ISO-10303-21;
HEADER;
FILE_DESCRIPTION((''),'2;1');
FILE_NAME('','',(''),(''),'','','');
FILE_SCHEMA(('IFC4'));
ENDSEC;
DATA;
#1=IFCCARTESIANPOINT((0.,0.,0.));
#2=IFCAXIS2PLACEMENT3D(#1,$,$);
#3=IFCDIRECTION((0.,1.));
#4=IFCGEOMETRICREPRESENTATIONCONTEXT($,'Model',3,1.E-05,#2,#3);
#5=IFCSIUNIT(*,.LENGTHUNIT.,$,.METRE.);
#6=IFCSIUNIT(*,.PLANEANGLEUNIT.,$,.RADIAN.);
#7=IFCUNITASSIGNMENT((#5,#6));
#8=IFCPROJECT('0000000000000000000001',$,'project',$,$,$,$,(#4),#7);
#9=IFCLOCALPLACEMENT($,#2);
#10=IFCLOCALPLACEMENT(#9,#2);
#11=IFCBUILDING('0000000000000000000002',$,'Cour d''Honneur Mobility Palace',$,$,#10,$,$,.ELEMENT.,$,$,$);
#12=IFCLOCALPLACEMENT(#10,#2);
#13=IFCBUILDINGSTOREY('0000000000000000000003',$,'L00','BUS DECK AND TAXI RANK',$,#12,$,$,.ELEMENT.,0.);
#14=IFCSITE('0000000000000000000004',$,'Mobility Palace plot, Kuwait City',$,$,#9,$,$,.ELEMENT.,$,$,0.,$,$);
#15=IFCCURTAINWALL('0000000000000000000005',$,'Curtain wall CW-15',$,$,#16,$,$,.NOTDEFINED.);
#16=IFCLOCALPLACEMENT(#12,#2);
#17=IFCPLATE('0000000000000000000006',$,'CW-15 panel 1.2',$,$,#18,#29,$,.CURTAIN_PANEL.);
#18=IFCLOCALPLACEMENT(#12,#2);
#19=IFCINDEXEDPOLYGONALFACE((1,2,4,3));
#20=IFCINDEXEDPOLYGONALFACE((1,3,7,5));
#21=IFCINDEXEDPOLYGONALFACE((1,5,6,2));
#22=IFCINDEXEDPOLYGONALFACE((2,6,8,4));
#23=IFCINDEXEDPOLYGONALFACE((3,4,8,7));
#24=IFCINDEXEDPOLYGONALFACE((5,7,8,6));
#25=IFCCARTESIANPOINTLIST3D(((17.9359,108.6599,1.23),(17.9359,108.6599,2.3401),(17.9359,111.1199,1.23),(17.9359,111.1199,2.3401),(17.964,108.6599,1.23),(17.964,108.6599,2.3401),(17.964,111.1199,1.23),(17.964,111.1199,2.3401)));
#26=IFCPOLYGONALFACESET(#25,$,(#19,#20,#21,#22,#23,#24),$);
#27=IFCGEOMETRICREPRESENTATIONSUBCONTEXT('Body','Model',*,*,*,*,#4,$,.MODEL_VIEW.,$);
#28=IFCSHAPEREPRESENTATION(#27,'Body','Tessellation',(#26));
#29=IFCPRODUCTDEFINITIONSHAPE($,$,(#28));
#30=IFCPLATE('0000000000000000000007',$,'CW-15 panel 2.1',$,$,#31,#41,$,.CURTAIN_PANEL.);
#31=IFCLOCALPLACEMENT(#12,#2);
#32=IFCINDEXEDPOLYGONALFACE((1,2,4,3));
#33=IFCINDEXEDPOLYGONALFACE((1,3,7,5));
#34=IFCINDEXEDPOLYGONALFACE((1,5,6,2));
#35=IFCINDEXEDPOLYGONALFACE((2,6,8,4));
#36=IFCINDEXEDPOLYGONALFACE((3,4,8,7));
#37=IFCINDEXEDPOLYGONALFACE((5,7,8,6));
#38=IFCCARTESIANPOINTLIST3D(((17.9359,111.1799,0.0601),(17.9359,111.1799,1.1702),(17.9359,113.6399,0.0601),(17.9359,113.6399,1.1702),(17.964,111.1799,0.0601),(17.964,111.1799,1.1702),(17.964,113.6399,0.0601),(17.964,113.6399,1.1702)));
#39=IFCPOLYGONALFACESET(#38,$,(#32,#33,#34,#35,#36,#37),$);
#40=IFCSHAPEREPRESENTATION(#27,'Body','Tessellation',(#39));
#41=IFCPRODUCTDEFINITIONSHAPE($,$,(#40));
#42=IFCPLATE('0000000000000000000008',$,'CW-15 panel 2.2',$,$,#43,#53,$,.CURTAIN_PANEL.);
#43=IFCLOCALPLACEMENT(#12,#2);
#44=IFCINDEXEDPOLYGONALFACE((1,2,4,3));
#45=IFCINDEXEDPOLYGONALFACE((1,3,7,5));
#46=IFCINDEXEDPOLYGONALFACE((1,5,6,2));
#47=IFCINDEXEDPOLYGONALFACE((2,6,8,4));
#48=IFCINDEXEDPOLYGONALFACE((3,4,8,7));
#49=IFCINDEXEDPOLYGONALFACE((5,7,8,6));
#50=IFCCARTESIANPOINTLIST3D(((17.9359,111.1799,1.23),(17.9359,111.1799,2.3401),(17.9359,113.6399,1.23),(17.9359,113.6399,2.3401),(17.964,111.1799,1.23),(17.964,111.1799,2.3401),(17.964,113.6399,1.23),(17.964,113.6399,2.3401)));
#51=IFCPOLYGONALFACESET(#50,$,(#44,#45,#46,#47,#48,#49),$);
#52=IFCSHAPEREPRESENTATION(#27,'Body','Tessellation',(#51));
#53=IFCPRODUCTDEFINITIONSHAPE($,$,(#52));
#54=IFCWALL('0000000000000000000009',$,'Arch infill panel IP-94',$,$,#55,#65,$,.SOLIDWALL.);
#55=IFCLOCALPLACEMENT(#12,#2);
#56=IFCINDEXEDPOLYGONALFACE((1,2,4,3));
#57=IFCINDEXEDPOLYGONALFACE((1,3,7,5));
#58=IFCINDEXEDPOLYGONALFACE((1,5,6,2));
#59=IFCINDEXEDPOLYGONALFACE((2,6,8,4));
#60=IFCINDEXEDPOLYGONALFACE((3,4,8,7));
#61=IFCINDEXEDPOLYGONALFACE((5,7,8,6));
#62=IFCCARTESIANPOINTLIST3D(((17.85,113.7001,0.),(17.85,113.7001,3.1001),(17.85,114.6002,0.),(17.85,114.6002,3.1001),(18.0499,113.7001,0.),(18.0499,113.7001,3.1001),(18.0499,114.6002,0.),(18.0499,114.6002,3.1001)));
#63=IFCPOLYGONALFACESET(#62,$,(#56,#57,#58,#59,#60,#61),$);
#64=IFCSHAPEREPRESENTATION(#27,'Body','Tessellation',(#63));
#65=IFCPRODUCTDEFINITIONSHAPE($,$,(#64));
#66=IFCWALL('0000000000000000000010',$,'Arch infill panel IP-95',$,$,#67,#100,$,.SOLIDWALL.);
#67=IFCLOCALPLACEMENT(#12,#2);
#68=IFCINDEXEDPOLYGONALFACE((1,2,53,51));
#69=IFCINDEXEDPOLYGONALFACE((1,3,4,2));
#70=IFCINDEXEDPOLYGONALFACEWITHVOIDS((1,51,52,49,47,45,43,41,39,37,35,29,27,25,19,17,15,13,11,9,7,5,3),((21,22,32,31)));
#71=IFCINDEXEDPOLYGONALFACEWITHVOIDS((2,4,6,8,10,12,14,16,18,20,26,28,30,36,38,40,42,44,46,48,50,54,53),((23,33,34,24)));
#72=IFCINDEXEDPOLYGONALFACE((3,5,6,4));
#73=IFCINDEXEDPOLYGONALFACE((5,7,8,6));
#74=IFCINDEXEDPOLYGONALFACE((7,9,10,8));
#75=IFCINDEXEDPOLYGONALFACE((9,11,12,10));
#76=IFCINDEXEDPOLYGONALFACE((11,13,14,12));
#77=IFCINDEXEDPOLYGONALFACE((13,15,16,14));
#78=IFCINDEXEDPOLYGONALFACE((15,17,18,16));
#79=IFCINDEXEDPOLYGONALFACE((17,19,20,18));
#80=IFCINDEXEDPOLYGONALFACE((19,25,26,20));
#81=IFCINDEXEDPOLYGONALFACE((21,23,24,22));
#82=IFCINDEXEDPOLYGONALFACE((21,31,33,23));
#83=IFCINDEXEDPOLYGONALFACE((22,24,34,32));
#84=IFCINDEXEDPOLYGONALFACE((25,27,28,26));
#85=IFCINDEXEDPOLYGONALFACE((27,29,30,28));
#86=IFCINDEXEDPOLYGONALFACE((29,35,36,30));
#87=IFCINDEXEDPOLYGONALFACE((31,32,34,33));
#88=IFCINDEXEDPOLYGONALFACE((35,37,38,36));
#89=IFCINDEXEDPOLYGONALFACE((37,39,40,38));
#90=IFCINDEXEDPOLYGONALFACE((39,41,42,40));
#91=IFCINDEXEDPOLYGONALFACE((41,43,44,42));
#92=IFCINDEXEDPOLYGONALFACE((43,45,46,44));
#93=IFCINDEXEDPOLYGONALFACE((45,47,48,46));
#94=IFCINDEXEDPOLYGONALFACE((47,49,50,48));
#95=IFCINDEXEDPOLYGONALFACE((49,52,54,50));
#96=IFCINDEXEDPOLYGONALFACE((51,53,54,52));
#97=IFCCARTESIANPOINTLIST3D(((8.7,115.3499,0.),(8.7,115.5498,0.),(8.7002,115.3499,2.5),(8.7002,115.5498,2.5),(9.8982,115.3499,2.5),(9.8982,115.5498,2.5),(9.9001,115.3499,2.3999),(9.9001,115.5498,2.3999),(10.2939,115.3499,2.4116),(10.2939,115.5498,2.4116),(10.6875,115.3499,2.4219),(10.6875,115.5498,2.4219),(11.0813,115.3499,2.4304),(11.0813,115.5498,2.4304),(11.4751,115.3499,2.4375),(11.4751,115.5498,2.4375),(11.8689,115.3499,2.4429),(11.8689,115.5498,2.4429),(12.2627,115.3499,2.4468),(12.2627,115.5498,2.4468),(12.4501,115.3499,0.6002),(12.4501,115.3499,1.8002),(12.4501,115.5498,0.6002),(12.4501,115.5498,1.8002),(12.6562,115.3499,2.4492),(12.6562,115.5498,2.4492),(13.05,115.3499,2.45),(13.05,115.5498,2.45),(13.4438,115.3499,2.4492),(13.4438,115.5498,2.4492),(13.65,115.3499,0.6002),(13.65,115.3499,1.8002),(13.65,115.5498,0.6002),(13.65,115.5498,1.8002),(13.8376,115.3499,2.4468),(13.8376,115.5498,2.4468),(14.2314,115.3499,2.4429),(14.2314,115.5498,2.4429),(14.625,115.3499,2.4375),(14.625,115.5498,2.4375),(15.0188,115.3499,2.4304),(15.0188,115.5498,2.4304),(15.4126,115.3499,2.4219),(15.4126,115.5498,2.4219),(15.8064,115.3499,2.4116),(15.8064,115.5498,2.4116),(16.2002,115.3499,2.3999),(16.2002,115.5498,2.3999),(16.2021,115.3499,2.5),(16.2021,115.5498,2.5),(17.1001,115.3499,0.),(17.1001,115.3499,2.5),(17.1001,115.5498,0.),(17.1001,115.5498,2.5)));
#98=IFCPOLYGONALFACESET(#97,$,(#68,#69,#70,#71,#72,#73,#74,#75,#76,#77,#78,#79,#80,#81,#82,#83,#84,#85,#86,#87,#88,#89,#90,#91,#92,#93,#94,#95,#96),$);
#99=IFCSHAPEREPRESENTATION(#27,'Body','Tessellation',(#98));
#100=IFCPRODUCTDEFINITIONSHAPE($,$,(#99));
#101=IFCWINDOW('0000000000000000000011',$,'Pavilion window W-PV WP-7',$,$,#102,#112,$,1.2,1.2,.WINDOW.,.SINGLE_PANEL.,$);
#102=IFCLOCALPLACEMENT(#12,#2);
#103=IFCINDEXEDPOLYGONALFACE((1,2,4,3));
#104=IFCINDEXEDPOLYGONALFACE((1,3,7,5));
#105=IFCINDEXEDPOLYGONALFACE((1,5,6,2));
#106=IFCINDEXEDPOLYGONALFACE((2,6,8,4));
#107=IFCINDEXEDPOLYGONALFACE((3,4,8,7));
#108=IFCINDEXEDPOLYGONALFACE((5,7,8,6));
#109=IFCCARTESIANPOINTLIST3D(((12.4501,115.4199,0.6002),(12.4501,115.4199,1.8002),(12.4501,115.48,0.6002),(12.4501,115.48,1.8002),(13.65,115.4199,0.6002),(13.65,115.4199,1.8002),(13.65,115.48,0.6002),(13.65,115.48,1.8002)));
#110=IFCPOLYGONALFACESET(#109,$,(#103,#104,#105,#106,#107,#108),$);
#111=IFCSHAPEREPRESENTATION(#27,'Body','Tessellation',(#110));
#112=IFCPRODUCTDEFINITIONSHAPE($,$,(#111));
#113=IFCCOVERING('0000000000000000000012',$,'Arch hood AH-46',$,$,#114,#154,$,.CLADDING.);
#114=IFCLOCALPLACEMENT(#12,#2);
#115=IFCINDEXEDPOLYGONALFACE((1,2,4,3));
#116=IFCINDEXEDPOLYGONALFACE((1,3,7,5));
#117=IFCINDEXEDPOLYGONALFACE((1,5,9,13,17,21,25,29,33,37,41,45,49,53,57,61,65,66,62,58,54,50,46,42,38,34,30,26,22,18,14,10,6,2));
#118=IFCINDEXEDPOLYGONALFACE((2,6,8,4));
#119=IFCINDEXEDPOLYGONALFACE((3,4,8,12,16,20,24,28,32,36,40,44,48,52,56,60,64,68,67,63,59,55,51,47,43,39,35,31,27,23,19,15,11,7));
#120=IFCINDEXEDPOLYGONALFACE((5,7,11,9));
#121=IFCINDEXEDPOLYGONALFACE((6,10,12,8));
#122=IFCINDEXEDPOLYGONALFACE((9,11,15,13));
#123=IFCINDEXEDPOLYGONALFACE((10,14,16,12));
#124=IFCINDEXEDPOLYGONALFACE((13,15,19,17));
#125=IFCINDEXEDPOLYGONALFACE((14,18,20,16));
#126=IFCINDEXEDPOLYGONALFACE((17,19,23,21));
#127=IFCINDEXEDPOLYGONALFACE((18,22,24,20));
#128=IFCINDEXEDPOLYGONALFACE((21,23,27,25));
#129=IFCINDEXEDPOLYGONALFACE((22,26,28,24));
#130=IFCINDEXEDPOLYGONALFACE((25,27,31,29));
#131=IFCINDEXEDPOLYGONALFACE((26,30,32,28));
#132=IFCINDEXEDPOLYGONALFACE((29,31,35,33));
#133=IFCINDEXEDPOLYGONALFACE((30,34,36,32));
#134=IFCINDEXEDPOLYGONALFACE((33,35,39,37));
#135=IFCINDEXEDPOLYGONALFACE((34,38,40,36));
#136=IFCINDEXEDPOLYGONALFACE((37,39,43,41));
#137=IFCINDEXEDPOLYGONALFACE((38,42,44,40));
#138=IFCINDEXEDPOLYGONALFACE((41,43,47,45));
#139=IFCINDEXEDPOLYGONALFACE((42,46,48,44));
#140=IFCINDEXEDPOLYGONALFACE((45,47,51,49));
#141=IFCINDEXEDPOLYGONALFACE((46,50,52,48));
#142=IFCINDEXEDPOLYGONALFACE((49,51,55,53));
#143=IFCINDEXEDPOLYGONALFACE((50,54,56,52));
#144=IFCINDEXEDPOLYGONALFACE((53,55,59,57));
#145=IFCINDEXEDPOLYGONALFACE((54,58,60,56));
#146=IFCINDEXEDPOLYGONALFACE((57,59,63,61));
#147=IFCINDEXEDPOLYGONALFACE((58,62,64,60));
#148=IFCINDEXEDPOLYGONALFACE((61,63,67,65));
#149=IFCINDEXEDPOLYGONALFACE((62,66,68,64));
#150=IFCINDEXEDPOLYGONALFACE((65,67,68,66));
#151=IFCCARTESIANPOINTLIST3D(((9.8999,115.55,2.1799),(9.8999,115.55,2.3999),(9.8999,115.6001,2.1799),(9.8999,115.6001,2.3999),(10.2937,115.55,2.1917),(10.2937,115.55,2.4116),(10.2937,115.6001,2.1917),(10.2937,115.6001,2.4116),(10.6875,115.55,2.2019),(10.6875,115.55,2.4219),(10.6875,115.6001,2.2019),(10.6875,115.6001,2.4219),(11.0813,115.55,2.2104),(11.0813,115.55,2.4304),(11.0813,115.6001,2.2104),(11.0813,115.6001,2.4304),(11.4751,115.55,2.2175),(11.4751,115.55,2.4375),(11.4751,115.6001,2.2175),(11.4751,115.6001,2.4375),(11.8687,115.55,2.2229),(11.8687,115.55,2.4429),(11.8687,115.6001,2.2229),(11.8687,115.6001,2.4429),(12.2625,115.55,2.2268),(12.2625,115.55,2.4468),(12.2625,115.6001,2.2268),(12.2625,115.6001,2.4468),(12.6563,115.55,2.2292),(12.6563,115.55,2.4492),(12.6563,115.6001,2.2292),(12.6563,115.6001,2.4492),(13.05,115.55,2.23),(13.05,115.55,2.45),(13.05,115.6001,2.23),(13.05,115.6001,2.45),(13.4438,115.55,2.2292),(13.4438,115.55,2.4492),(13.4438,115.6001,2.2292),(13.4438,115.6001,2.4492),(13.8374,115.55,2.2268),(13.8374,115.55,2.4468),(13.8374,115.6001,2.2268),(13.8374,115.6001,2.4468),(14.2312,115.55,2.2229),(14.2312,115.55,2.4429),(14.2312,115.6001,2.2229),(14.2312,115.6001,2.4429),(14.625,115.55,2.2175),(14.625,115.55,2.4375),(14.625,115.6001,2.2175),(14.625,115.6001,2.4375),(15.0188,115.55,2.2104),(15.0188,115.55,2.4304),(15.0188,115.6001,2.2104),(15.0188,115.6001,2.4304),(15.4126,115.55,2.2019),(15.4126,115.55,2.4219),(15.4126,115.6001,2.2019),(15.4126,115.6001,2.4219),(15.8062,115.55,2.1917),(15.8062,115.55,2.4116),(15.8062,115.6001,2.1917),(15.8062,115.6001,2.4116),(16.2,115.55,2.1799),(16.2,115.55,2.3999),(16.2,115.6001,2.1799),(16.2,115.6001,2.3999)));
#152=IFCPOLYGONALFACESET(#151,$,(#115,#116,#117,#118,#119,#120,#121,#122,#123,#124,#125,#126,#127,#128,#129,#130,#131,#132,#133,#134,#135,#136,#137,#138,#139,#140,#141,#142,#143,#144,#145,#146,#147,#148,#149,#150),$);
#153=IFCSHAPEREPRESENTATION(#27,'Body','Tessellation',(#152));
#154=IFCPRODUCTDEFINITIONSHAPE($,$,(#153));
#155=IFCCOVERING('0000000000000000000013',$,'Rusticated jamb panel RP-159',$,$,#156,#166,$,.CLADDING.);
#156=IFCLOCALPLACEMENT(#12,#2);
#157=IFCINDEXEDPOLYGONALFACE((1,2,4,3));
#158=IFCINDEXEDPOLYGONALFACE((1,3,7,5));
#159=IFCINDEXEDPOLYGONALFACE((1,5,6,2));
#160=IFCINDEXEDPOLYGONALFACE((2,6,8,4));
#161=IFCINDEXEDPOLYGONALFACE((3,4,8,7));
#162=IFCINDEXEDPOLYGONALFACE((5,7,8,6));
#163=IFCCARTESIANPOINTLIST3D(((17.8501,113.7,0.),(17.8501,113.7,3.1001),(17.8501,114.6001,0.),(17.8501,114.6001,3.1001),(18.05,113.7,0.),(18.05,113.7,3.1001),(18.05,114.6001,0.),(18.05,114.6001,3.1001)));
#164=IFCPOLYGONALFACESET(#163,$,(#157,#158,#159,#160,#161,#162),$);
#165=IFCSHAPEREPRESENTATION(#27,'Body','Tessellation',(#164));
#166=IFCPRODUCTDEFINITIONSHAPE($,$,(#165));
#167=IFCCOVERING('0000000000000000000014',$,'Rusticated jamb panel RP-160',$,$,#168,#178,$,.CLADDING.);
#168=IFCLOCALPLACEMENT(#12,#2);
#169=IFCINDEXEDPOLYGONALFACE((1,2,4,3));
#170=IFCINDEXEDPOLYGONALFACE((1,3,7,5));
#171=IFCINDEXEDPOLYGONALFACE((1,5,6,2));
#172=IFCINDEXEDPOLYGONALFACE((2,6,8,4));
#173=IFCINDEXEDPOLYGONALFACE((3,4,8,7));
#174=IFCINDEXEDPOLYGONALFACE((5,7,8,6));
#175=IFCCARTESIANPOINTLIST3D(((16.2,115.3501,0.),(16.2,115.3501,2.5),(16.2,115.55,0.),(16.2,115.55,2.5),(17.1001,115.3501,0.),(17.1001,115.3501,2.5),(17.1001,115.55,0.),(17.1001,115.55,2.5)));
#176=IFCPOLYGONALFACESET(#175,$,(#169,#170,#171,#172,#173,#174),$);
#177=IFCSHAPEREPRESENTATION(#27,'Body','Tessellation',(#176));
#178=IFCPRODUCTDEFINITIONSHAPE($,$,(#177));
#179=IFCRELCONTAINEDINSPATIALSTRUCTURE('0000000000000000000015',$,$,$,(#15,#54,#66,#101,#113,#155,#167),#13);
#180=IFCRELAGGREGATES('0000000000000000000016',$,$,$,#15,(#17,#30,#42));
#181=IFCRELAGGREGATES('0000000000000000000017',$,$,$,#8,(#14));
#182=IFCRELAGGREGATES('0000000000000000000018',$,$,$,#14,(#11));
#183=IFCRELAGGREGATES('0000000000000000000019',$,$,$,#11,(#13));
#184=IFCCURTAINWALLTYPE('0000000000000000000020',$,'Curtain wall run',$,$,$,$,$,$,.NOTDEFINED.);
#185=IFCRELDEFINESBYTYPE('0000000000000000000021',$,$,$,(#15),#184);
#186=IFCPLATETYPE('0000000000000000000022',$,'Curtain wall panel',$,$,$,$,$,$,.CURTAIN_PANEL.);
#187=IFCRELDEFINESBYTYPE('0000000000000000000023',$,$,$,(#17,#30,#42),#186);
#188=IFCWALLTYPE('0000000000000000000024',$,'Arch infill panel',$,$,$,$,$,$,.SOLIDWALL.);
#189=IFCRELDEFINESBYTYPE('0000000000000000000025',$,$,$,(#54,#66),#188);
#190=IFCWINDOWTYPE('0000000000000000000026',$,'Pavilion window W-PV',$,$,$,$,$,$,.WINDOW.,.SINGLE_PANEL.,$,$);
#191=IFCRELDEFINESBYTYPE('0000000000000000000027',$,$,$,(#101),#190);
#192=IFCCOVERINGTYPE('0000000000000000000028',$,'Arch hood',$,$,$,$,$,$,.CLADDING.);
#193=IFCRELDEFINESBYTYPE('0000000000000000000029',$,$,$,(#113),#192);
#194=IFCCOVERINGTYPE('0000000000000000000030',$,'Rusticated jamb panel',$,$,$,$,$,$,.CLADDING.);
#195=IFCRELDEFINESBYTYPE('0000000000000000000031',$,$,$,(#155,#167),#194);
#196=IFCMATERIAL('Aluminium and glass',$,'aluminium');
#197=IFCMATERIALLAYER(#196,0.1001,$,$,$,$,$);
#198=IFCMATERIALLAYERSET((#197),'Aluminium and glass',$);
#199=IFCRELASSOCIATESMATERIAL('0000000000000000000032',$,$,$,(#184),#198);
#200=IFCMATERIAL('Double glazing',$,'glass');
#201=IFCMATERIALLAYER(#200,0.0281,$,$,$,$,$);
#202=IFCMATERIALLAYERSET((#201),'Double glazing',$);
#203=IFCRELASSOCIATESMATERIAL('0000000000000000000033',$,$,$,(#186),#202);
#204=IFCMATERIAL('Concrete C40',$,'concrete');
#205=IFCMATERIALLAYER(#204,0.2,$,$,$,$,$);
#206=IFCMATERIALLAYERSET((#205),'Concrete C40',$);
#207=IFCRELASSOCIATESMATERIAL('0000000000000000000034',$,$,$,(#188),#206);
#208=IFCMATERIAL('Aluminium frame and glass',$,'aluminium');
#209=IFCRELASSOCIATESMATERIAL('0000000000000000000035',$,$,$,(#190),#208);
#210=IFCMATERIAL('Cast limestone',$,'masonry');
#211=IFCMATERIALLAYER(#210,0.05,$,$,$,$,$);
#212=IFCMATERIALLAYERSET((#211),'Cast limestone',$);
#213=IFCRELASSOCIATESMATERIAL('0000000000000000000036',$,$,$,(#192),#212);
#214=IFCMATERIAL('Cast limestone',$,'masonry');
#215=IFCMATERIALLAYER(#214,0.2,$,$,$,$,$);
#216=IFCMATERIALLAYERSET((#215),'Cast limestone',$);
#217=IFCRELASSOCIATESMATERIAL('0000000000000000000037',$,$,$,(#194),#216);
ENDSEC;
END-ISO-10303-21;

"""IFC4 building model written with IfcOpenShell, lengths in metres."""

from ifc_helpers import new_model, si_unit, direction, frame, frame_2d, origin, origin_2d, place, context, subcontext, project, spatial, polyline, rectangle, outline, extrude, material, layer, layer_set, type_object, element, fill, aggregate, save


model = new_model("IFC4")

# Units and contexts
model_context = context("Model", 3, precision=1e-05, world=origin(), true_north=direction((0.0, 1.0)))
body_context = subcontext(model_context, "Body", "Model", "MODEL_VIEW")
ifc_project = project(units=[si_unit("LENGTHUNIT", "METRE"), si_unit("PLANEANGLEUNIT", "RADIAN")], contexts=[model_context])

# Site, building, storey
site_placement = place(None, origin())
site = spatial("IfcSite", under=ifc_project, at=site_placement, Name="Mobility Palace plot, Kuwait City", CompositionType="ELEMENT", RefElevation=0.0)
building_placement = place(site_placement, origin())
building = spatial("IfcBuilding", under=site, at=building_placement, Name="Cour d'Honneur Mobility Palace", CompositionType="ELEMENT")
storey_placement = place(building_placement, origin())
storey = spatial("IfcBuildingStorey", under=building, at=storey_placement, Name="L00", Description="BUS DECK AND TAXI RANK", CompositionType="ELEMENT", Elevation=0.0)

# Curtain wall, plates
ifc_material_1 = material(Name="Aluminium and glass", Category="aluminium")
ifc_layer_1 = layer(ifc_material_1, 0.1001)
ifc_layer_set_1 = layer_set([ifc_layer_1], Name="Aluminium and glass")
curtain_wall_type = type_object("IfcCurtainWallType", Name="Curtain wall run", PredefinedType="NOTDEFINED", material=ifc_layer_set_1)
curtain_wall_placement = place(storey_placement, origin())
curtain_wall = element("IfcCurtainWall", 1, at=curtain_wall_placement, inside=storey, type_object=curtain_wall_type, Name="Curtain wall CW-15", PredefinedType="NOTDEFINED")
ifc_material_2 = material(Name="Double glazing", Category="glass")
ifc_layer_2 = layer(ifc_material_2, 0.0281)
ifc_layer_set_2 = layer_set([ifc_layer_2], Name="Double glazing")
plate_type = type_object("IfcPlateType", Name="Curtain wall panel", PredefinedType="CURTAIN_PANEL", material=ifc_layer_set_2)
plate_1_placement = place(storey_placement, frame((17.95, 109.8899, 1.23), z_axis=(0.0, 0.0, 1.0), x_axis=(0.0, 1.0, 0.0)))
plate_1 = element("IfcPlate", 2, at=plate_1_placement, type_object=plate_type, Name="CW-15 panel 1.2", PredefinedType="CURTAIN_PANEL", context=body_context, shape_type="SweptSolid", body=[
    extrude(rectangle(XDim=2.46, YDim=0.0281, at=origin_2d()), origin(), (0.0, 0.0, 1.0), 1.1101),
])
plate_2_placement = place(storey_placement, frame((17.95, 112.4099, 0.0601), z_axis=(0.0, 0.0, 1.0), x_axis=(0.0, 1.0, 0.0)))
plate_2 = element("IfcPlate", 3, at=plate_2_placement, type_object=plate_type, Name="CW-15 panel 2.1", PredefinedType="CURTAIN_PANEL", context=body_context, shape_type="SweptSolid", body=[
    extrude(rectangle(XDim=2.46, YDim=0.0281, at=origin_2d()), origin(), (0.0, 0.0, 1.0), 1.1101),
])
plate_3_placement = place(storey_placement, frame((17.95, 112.4099, 1.23), z_axis=(0.0, 0.0, 1.0), x_axis=(0.0, 1.0, 0.0)))
plate_3 = element("IfcPlate", 4, at=plate_3_placement, type_object=plate_type, Name="CW-15 panel 2.2", PredefinedType="CURTAIN_PANEL", context=body_context, shape_type="SweptSolid", body=[
    extrude(rectangle(XDim=2.46, YDim=0.0281, at=origin_2d()), origin(), (0.0, 0.0, 1.0), 1.1101),
])
aggregate(curtain_wall, [plate_1, plate_2, plate_3])

# Wall
ifc_material_3 = material(Name="Concrete C40", Category="concrete")
ifc_layer_3 = layer(ifc_material_3, 0.2)
ifc_layer_set_3 = layer_set([ifc_layer_3], Name="Concrete C40")
wall_type = type_object("IfcWallType", Name="Arch infill panel", PredefinedType="SOLIDWALL", material=ifc_layer_set_3)
wall_1_placement = place(storey_placement, frame((17.95, 113.7, 0.0), z_axis=(0.0, 0.0, 1.0), x_axis=(0.0, 1.0, 0.0)))
element("IfcWall", 5, at=wall_1_placement, inside=storey, type_object=wall_type, Name="Arch infill panel IP-94", PredefinedType="SOLIDWALL", context=body_context, shape_type="SweptSolid", body=[
    extrude(rectangle(XDim=0.9001, YDim=0.2, at=frame_2d((0.4502, 0.0))), origin(), (0.0, 0.0, 1.0), 3.1001),
])

# Wall, opening, window
wall_2_placement = place(storey_placement, frame((17.1001, 115.45, 0.0), z_axis=(0.0, 0.0, 1.0), x_axis=(-1.0, 0.0, 0.0)))
wall_2 = element("IfcWall", 6, at=wall_2_placement, inside=storey, type_object=wall_type, Name="Arch infill panel IP-95", PredefinedType="SOLIDWALL", context=body_context, shape_type="SweptSolid", body=[
    extrude(outline(polyline([(0.0, 0.0), (8.4001, 0.0), (8.3999, 2.5), (7.2019, 2.5), (7.2, 2.3999), (6.8062, 2.4116), (6.4126, 2.4219), (6.0188, 2.4304), (5.625, 2.4375), (5.2312, 2.4429), (4.8374, 2.4468), (4.4438, 2.4492), (4.05, 2.45), (3.6562, 2.4492), (3.2625, 2.4468), (2.8687, 2.4429), (2.4751, 2.4375), (2.0813, 2.4304), (1.6875, 2.4219), (1.2937, 2.4116), (0.8999, 2.3999), (0.8979, 2.5), (0.0, 2.5), (0.0, 0.0)])), frame((0.0, 0.1001, 0.0), z_axis=(0.0, -1.0, 0.0), x_axis=(1.0, 0.0, 0.0)), (0.0, 0.0, 1.0), 0.2),
])
opening_placement = place(wall_2_placement, frame((3.45, 0.0, 0.6001)))
opening = element("IfcOpeningElement", 7, at=opening_placement, cuts=wall_2, PredefinedType="OPENING", context=body_context, shape_type="SweptSolid", body=[
    extrude(rectangle(XDim=1.2, YDim=1.2, at=frame_2d((0.6001, 0.6001))), frame((0.0, 0.1099, 0.0), z_axis=(0.0, -1.0, 0.0), x_axis=(1.0, 0.0, 0.0)), (0.0, 0.0, 1.0), 0.22),
])
ifc_material_4 = material(Name="Aluminium frame and glass", Category="aluminium")
window_type = type_object("IfcWindowType", Name="Pavilion window W-PV", PartitioningType="SINGLE_PANEL", PredefinedType="WINDOW", material=ifc_material_4)
window_placement = place(opening_placement, origin())
window = element("IfcWindow", 8, at=window_placement, inside=storey, type_object=window_type, Name="Pavilion window W-PV WP-7", OverallHeight=1.2, OverallWidth=1.2, PartitioningType="SINGLE_PANEL", PredefinedType="WINDOW", context=body_context, shape_type="SweptSolid", body=[
    extrude(rectangle(XDim=1.2, YDim=1.2, at=frame_2d((0.6001, 0.6001))), frame((0.0, 0.03, 0.0), z_axis=(0.0, -1.0, 0.0), x_axis=(1.0, 0.0, 0.0)), (0.0, 0.0, 1.0), 0.0601),
])
fill(opening, window)

# Coverings
ifc_material_5 = material(Name="Cast limestone", Category="masonry")
ifc_layer_4 = layer(ifc_material_5, 0.05)
ifc_layer_set_4 = layer_set([ifc_layer_4], Name="Cast limestone")
covering_type_1 = type_object("IfcCoveringType", Name="Arch hood", PredefinedType="CLADDING", material=ifc_layer_set_4)
covering_1_placement = place(storey_placement, frame((16.2, 115.6001, 2.1799), z_axis=(0.0, 1.0, 0.0), x_axis=(-0.999558, 0.0, 0.029745)))
element("IfcCovering", 9, at=covering_1_placement, inside=storey, type_object=covering_type_1, Name="Arch hood AH-46", PredefinedType="CLADDING", context=body_context, shape_type="SweptSolid", body=[
    extrude(outline(polyline([(0.0, 0.0), (0.394, 0.0), (0.7877, -0.0015), (1.1815, -0.0046), (1.5754, -0.0093), (1.9692, -0.0156), (2.3629, -0.0234), (2.7564, -0.0327), (3.15, -0.0437), (3.5436, -0.0561), (3.9372, -0.0703), (4.3307, -0.0859), (4.7239, -0.103), (5.1173, -0.1218), (5.5107, -0.142), (5.904, -0.164), (6.2973, -0.1874), (6.3038, 0.0325), (5.9105, 0.0559), (5.5172, 0.0779), (5.1238, 0.0981), (4.7304, 0.1169), (4.3372, 0.134), (3.9437, 0.1496), (3.5501, 0.1638), (3.1565, 0.1762), (2.7629, 0.1872), (2.3694, 0.1965), (1.9757, 0.2043), (1.5819, 0.2106), (1.1881, 0.2152), (0.7942, 0.2184), (0.4005, 0.2199), (0.0065, 0.2199), (0.0, 0.0)])), origin(), (0.0, 0.0, -1.0), 0.05),
])
ifc_material_6 = material(Name="Cast limestone", Category="masonry")
ifc_layer_5 = layer(ifc_material_6, 0.2)
ifc_layer_set_5 = layer_set([ifc_layer_5], Name="Cast limestone")
covering_type_2 = type_object("IfcCoveringType", Name="Rusticated jamb panel", PredefinedType="CLADDING", material=ifc_layer_set_5)
covering_2_placement = place(storey_placement, frame((18.05, 113.7, 0.0), z_axis=(1.0, 0.0, 0.0), x_axis=(0.0, 1.0, 0.0)))
element("IfcCovering", 10, at=covering_2_placement, inside=storey, type_object=covering_type_2, Name="Rusticated jamb panel RP-159", PredefinedType="CLADDING", context=body_context, shape_type="SweptSolid", body=[
    extrude(outline(polyline([(0.0, 0.0), (0.9001, 0.0), (0.9001, 3.1001), (0.0, 3.1001), (0.0, 0.0)])), origin(), (0.0, 0.0, -1.0), 0.2),
])
covering_3_placement = place(storey_placement, frame((17.1001, 115.55, 0.0), z_axis=(0.0, 1.0, 0.0), x_axis=(-1.0, 0.0, 0.0)))
element("IfcCovering", 11, at=covering_3_placement, inside=storey, type_object=covering_type_2, Name="Rusticated jamb panel RP-160", PredefinedType="CLADDING", context=body_context, shape_type="SweptSolid", body=[
    extrude(outline(polyline([(0.0, 0.0), (0.9001, 0.0), (0.9001, 2.5), (0.0, 2.5), (0.0, 0.0)])), origin(), (0.0, 0.0, -1.0), 0.2),
])

save(model, "model.ifc")
